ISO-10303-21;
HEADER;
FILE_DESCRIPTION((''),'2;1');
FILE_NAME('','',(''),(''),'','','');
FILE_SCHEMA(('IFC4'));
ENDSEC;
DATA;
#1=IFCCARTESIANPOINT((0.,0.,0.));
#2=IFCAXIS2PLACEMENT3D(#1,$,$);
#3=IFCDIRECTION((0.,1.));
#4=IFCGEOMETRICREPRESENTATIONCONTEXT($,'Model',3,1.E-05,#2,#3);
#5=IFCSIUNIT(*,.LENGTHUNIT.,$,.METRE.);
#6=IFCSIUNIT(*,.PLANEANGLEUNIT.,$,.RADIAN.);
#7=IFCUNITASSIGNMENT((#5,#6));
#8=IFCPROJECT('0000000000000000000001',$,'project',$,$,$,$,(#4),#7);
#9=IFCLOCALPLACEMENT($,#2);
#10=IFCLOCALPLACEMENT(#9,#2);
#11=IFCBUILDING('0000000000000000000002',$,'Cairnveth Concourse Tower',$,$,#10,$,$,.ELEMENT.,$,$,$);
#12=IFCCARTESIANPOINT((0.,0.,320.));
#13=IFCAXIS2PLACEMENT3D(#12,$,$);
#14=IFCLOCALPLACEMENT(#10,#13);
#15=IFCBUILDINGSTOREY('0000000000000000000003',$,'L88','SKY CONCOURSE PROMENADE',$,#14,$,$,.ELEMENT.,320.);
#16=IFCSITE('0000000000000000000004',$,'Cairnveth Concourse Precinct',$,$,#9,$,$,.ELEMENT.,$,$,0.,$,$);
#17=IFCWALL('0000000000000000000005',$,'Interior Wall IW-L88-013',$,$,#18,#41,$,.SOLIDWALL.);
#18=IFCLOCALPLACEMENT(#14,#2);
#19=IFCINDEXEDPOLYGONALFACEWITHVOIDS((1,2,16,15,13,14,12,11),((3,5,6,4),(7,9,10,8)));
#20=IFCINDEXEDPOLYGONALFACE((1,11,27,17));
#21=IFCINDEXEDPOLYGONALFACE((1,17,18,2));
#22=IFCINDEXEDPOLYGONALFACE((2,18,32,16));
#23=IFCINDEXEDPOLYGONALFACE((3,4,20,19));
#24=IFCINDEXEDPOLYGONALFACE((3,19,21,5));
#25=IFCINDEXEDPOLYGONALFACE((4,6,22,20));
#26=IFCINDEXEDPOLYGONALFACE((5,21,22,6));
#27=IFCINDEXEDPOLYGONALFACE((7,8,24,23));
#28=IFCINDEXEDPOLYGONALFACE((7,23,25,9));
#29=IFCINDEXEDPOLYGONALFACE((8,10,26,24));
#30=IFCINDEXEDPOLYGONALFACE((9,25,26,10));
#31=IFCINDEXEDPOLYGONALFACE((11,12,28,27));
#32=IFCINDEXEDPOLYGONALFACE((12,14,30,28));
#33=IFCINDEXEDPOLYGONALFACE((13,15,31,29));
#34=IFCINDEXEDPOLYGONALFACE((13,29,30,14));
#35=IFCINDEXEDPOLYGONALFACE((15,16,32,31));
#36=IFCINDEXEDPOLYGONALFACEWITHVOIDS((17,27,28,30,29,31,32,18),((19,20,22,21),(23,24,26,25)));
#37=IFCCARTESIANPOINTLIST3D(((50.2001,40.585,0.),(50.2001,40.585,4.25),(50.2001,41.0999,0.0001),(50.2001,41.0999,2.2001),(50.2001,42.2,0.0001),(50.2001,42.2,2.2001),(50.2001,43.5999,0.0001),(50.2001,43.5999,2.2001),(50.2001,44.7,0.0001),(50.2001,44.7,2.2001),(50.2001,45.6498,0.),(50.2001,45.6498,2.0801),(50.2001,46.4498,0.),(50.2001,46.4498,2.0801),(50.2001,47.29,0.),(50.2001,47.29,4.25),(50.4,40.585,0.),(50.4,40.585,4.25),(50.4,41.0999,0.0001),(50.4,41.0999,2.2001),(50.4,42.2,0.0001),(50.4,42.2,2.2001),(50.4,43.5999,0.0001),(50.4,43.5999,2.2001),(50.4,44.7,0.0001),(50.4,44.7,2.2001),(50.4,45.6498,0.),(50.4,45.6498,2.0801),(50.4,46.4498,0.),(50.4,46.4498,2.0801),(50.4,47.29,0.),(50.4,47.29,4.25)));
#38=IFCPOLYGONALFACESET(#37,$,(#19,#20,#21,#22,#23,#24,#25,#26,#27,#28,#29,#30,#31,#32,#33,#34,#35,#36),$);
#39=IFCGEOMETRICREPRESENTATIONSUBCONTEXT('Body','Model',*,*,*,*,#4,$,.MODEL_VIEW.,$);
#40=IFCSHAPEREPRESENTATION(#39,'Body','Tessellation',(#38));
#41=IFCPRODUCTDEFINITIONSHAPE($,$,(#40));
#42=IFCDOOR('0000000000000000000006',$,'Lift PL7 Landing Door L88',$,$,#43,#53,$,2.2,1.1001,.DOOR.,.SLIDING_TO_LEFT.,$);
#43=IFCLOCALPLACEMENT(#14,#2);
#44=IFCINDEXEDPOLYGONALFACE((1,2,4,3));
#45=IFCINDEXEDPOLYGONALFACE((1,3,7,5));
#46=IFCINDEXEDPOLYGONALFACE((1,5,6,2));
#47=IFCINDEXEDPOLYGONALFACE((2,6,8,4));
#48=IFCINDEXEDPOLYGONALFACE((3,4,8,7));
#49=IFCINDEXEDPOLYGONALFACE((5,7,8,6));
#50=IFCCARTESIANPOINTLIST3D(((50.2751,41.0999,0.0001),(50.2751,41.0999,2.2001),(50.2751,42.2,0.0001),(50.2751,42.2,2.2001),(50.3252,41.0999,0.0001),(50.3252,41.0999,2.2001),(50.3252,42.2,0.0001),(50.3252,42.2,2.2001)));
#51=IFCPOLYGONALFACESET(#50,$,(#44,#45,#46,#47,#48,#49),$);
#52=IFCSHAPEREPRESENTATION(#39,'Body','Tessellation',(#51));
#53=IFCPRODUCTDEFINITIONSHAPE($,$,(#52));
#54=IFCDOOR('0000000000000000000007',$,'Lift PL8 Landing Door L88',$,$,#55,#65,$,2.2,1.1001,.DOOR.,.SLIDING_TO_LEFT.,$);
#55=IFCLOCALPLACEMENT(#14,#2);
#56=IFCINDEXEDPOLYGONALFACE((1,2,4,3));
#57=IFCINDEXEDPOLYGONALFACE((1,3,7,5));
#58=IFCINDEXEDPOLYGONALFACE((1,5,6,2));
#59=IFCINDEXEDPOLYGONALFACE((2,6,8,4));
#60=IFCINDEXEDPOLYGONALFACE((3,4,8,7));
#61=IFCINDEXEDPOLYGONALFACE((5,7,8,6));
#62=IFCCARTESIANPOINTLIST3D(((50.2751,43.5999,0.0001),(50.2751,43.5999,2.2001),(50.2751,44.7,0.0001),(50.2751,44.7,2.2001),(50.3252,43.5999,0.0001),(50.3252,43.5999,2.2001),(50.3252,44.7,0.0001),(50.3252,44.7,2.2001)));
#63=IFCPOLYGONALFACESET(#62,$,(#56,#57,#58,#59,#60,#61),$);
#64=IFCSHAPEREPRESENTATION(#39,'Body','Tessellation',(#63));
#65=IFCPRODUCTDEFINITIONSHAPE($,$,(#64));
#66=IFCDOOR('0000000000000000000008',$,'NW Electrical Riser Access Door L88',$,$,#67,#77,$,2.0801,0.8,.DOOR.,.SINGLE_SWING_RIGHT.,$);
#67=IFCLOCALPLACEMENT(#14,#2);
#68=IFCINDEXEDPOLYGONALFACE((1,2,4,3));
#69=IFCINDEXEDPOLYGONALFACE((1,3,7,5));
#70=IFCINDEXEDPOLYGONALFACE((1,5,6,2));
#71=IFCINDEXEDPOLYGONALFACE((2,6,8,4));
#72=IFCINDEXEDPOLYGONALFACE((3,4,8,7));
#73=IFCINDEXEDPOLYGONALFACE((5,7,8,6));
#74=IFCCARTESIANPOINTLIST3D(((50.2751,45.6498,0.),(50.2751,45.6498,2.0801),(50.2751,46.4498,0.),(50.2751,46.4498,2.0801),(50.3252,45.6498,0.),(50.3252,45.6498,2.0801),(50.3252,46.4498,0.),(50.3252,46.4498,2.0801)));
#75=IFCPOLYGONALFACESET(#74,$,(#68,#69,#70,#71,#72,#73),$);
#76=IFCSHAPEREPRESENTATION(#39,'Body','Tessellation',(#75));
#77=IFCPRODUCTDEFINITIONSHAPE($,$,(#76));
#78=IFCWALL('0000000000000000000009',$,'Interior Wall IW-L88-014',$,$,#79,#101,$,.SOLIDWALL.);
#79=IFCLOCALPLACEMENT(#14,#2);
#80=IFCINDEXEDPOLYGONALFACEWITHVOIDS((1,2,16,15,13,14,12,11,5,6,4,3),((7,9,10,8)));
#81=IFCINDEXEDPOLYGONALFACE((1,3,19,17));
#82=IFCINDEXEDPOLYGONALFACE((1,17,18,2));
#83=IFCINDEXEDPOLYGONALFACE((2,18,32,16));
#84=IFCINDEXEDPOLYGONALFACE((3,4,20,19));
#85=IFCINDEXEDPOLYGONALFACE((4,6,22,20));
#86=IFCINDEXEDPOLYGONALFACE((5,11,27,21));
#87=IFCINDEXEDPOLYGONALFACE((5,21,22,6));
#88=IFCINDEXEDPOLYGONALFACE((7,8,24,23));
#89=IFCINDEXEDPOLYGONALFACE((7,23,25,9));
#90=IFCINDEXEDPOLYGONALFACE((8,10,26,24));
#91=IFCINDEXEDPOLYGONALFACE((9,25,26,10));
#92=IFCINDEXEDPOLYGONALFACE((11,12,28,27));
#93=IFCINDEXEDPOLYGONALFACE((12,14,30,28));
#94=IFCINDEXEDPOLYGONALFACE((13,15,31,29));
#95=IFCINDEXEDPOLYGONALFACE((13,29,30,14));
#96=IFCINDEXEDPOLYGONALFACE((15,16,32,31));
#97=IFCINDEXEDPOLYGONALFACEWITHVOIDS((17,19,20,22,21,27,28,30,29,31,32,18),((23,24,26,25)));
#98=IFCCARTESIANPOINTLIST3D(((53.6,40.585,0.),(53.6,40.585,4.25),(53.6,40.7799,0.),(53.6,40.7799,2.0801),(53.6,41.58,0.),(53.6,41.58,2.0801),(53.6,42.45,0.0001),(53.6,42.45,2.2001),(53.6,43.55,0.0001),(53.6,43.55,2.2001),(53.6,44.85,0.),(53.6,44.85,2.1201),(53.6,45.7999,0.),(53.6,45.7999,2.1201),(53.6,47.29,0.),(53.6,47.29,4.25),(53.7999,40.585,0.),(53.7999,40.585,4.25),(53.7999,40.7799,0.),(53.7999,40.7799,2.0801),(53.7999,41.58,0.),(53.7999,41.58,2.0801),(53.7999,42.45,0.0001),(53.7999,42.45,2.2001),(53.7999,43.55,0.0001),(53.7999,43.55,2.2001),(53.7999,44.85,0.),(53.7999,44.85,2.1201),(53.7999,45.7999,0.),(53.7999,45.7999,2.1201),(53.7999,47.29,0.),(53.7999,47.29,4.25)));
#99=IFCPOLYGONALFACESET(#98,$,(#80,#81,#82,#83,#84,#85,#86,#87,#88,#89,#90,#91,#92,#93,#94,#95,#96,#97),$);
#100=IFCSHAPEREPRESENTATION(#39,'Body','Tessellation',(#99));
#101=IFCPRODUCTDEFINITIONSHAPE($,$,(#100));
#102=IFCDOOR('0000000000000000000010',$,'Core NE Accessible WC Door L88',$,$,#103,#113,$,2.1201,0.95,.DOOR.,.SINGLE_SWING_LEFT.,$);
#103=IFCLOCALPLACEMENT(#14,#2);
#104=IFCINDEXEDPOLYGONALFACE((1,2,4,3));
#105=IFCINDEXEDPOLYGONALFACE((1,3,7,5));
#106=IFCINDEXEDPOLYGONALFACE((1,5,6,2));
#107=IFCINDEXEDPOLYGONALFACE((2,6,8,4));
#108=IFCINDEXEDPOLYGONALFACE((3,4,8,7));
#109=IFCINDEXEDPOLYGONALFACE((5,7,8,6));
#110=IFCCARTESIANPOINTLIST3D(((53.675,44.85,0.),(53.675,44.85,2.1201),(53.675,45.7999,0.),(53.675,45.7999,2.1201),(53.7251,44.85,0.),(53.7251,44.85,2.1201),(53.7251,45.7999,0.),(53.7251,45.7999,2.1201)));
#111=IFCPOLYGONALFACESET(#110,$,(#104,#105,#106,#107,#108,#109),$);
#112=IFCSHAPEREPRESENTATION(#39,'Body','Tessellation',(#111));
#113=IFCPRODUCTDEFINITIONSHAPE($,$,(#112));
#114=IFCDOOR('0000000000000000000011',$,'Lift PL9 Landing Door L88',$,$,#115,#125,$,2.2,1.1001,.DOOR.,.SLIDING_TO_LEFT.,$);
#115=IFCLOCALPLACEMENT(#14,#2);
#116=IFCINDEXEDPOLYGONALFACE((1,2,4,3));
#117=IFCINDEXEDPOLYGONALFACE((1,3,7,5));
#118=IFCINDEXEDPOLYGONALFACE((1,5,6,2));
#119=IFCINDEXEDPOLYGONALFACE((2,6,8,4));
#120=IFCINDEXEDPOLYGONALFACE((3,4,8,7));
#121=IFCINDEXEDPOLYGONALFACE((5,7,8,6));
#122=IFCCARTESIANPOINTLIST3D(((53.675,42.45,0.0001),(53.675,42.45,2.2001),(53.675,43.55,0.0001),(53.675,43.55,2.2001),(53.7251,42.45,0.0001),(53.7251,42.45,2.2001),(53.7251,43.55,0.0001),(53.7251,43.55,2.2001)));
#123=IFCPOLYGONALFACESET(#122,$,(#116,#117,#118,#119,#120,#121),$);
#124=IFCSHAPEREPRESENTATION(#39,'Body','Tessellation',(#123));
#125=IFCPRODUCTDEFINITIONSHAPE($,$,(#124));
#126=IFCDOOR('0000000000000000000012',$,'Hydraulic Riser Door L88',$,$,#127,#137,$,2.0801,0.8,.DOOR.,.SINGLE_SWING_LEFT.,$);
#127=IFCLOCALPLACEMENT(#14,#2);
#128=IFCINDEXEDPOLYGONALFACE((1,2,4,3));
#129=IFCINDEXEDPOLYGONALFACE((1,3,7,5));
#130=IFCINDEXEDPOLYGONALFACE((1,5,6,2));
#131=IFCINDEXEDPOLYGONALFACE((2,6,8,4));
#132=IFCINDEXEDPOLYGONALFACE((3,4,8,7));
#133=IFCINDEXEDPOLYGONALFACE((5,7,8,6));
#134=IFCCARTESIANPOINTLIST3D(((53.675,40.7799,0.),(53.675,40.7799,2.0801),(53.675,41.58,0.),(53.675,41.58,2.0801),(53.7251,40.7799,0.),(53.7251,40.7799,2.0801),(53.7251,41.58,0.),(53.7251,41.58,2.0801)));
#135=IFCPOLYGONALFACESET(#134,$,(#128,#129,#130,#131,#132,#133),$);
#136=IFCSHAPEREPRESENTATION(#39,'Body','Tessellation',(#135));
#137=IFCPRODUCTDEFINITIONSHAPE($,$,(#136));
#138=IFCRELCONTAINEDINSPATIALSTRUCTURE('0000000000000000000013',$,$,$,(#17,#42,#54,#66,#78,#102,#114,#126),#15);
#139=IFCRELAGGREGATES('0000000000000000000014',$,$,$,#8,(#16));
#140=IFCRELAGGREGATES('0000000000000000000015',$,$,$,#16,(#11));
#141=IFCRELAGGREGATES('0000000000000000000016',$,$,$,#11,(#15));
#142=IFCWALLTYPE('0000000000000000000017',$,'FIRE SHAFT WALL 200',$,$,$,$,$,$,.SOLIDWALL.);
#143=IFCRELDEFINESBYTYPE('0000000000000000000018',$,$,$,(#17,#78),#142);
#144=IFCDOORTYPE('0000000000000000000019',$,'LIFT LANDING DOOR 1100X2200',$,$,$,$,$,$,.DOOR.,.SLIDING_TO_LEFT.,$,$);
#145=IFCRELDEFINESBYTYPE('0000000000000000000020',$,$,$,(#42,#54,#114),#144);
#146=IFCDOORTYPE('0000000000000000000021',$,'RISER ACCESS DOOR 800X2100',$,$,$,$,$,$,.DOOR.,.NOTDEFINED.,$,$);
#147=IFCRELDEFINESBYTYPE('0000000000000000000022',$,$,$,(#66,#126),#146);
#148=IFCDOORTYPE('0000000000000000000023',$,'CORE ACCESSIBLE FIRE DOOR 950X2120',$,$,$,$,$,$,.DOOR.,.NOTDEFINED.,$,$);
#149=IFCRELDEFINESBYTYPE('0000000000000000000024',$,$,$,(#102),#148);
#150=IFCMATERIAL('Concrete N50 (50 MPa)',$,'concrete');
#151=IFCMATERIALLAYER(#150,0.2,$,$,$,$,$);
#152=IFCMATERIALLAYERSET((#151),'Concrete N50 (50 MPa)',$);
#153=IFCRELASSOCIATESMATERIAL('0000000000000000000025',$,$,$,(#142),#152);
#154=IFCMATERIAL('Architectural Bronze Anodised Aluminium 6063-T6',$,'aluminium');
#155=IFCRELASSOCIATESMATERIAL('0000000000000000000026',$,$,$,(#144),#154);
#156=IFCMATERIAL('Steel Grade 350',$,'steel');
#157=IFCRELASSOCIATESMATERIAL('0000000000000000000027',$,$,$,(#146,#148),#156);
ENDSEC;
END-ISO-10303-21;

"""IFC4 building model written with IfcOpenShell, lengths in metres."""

from ifc_helpers import new_model, si_unit, direction, frame, frame_2d, origin, place, context, subcontext, project, spatial, rectangle, extrude, material, layer, layer_set, type_object, element, fill, save


model = new_model("IFC4")

# Units and contexts
model_context = context("Model", 3, precision=1e-05, world=origin(), true_north=direction((0.0, 1.0)))
body_context = subcontext(model_context, "Body", "Model", "MODEL_VIEW")
ifc_project = project(units=[si_unit("LENGTHUNIT", "METRE"), si_unit("PLANEANGLEUNIT", "RADIAN")], contexts=[model_context])

# Site, building, storey
site_placement = place(None, origin())
site = spatial("IfcSite", under=ifc_project, at=site_placement, Name="Cairnveth Concourse Precinct", CompositionType="ELEMENT", RefElevation=0.0)
building_placement = place(site_placement, origin())
building = spatial("IfcBuilding", under=site, at=building_placement, Name="Cairnveth Concourse Tower", CompositionType="ELEMENT")
storey_placement = place(building_placement, frame((0.0, 0.0, 320.0)))
storey = spatial("IfcBuildingStorey", under=building, at=storey_placement, Name="L88", Description="SKY CONCOURSE PROMENADE", CompositionType="ELEMENT", Elevation=320.0)

# Shared definitions
ifc_material_1 = material(Name="Architectural Bronze Anodised Aluminium 6063-T6", Category="aluminium")

# Shared definitions
ifc_material_2 = material(Name="Concrete N50 (50 MPa)", Category="concrete")

# Shared definitions
ifc_material_3 = material(Name="Steel Grade 350", Category="steel")

# Shared definitions
ifc_layer_1 = layer(ifc_material_2, 0.2)
ifc_layer_set_1 = layer_set([ifc_layer_1], Name="Concrete N50 (50 MPa)")
wall_type_1 = type_object("IfcWallType", Name="FIRE SHAFT WALL 200", PredefinedType="SOLIDWALL", material=ifc_layer_set_1)

# Walls, openings, doors
wall_1_placement = place(storey_placement, frame((50.3, 40.585, 0.0), z_axis=(0.0, 0.0, 1.0), x_axis=(0.0, 1.0, 0.0)))
wall_1 = element("IfcWall", 1, at=wall_1_placement, inside=storey, type_object=wall_type_1, Name="Interior Wall IW-L88-013", PredefinedType="SOLIDWALL", context=body_context, shape_type="SweptSolid", body=[
    extrude(rectangle(XDim=6.7051, YDim=0.2, at=frame_2d((3.3525, 0.0))), origin(), (0.0, 0.0, 1.0), 4.25),
])
opening_1_placement = place(wall_1_placement, frame((0.5149, 0.0, 0.0)))
opening_1 = element("IfcOpeningElement", 2, at=opening_1_placement, cuts=wall_1, PredefinedType="OPENING", context=body_context, shape_type="SweptSolid", body=[
    extrude(rectangle(XDim=1.1001, YDim=2.2, at=frame_2d((0.55, 1.1001))), frame((0.0, 0.1099, 0.0), z_axis=(0.0, -1.0, 0.0), x_axis=(1.0, 0.0, 0.0)), (0.0, 0.0, 1.0), 0.22),
])
opening_2_placement = place(wall_1_placement, frame((3.0149, 0.0, 0.0)))
opening_2 = element("IfcOpeningElement", 3, at=opening_2_placement, cuts=wall_1, PredefinedType="OPENING", context=body_context, shape_type="SweptSolid", body=[
    extrude(rectangle(XDim=1.1001, YDim=2.2, at=frame_2d((0.55, 1.1001))), frame((0.0, 0.1099, 0.0), z_axis=(0.0, -1.0, 0.0), x_axis=(1.0, 0.0, 0.0)), (0.0, 0.0, 1.0), 0.22),
])
opening_3_placement = place(wall_1_placement, frame((5.0649, 0.0, 0.0)))
opening_3 = element("IfcOpeningElement", 4, at=opening_3_placement, cuts=wall_1, PredefinedType="OPENING", context=body_context, shape_type="SweptSolid", body=[
    extrude(rectangle(XDim=0.8, YDim=2.0801, at=frame_2d((0.3999, 1.04))), frame((0.0, 0.1099, 0.0), z_axis=(0.0, -1.0, 0.0), x_axis=(1.0, 0.0, 0.0)), (0.0, 0.0, 1.0), 0.22),
])
door_type_1 = type_object("IfcDoorType", Name="LIFT LANDING DOOR 1100X2200", OperationType="SLIDING_TO_LEFT", PredefinedType="DOOR", material=ifc_material_1)
door_1_placement = place(opening_1_placement, origin())
door_1 = element("IfcDoor", 5, at=door_1_placement, inside=storey, type_object=door_type_1, Name="Lift PL7 Landing Door L88", OperationType="SLIDING_TO_LEFT", OverallHeight=2.2, OverallWidth=1.1001, PredefinedType="DOOR", context=body_context, shape_type="SweptSolid", body=[
    extrude(rectangle(XDim=1.1001, YDim=2.2, at=frame_2d((0.55, 1.1001))), frame((0.0, 0.0249, 0.0), z_axis=(0.0, -1.0, 0.0), x_axis=(1.0, 0.0, 0.0)), (0.0, 0.0, 1.0), 0.05),
])
fill(opening_1, door_1)
door_2_placement = place(opening_2_placement, origin())
door_2 = element("IfcDoor", 6, at=door_2_placement, inside=storey, type_object=door_type_1, Name="Lift PL8 Landing Door L88", OperationType="SLIDING_TO_LEFT", OverallHeight=2.2, OverallWidth=1.1001, PredefinedType="DOOR", context=body_context, shape_type="SweptSolid", body=[
    extrude(rectangle(XDim=1.1001, YDim=2.2, at=frame_2d((0.55, 1.1001))), frame((0.0, 0.0249, 0.0), z_axis=(0.0, -1.0, 0.0), x_axis=(1.0, 0.0, 0.0)), (0.0, 0.0, 1.0), 0.05),
])
fill(opening_2, door_2)
door_type_2 = type_object("IfcDoorType", Name="RISER ACCESS DOOR 800X2100", OperationType="NOTDEFINED", PredefinedType="DOOR", material=ifc_material_3)
door_3_placement = place(opening_3_placement, origin())
door_3 = element("IfcDoor", 7, at=door_3_placement, inside=storey, type_object=door_type_2, Name="NW Electrical Riser Access Door L88", OperationType="SINGLE_SWING_RIGHT", OverallHeight=2.0801, OverallWidth=0.8, PredefinedType="DOOR", context=body_context, shape_type="SweptSolid", body=[
    extrude(rectangle(XDim=0.8, YDim=2.0801, at=frame_2d((0.3999, 1.04))), frame((0.0, 0.0249, 0.0), z_axis=(0.0, -1.0, 0.0), x_axis=(1.0, 0.0, 0.0)), (0.0, 0.0, 1.0), 0.05),
])
fill(opening_3, door_3)
wall_2_placement = place(storey_placement, frame((53.7, 40.585, 0.0), z_axis=(0.0, 0.0, 1.0), x_axis=(0.0, 1.0, 0.0)))
wall_2 = element("IfcWall", 8, at=wall_2_placement, inside=storey, type_object=wall_type_1, Name="Interior Wall IW-L88-014", PredefinedType="SOLIDWALL", context=body_context, shape_type="SweptSolid", body=[
    extrude(rectangle(XDim=6.7051, YDim=0.2, at=frame_2d((3.3525, 0.0))), origin(), (0.0, 0.0, 1.0), 4.25),
])
opening_4_placement = place(wall_2_placement, frame((0.1951, 0.0, 0.0)))
opening_4 = element("IfcOpeningElement", 9, at=opening_4_placement, cuts=wall_2, PredefinedType="OPENING", context=body_context, shape_type="SweptSolid", body=[
    extrude(rectangle(XDim=0.8, YDim=2.0801, at=frame_2d((0.3999, 1.04))), frame((0.0, 0.1099, 0.0), z_axis=(0.0, -1.0, 0.0), x_axis=(1.0, 0.0, 0.0)), (0.0, 0.0, 1.0), 0.22),
])
opening_5_placement = place(wall_2_placement, frame((1.865, 0.0, 0.0)))
opening_5 = element("IfcOpeningElement", 10, at=opening_5_placement, cuts=wall_2, PredefinedType="OPENING", context=body_context, shape_type="SweptSolid", body=[
    extrude(rectangle(XDim=1.1001, YDim=2.2, at=frame_2d((0.55, 1.1001))), frame((0.0, 0.1099, 0.0), z_axis=(0.0, -1.0, 0.0), x_axis=(1.0, 0.0, 0.0)), (0.0, 0.0, 1.0), 0.22),
])
opening_6_placement = place(wall_2_placement, frame((4.2649, 0.0, 0.0)))
opening_6 = element("IfcOpeningElement", 11, at=opening_6_placement, cuts=wall_2, PredefinedType="OPENING", context=body_context, shape_type="SweptSolid", body=[
    extrude(rectangle(XDim=0.95, YDim=2.1201, at=frame_2d((0.4751, 1.0601))), frame((0.0, 0.1099, 0.0), z_axis=(0.0, -1.0, 0.0), x_axis=(1.0, 0.0, 0.0)), (0.0, 0.0, 1.0), 0.22),
])
door_type_3 = type_object("IfcDoorType", Name="CORE ACCESSIBLE FIRE DOOR 950X2120", OperationType="NOTDEFINED", PredefinedType="DOOR", material=ifc_material_3)
door_4_placement = place(opening_6_placement, origin())
door_4 = element("IfcDoor", 12, at=door_4_placement, inside=storey, type_object=door_type_3, Name="Core NE Accessible WC Door L88", OperationType="SINGLE_SWING_LEFT", OverallHeight=2.1201, OverallWidth=0.95, PredefinedType="DOOR", context=body_context, shape_type="SweptSolid", body=[
    extrude(rectangle(XDim=0.95, YDim=2.1201, at=frame_2d((0.4751, 1.0601))), frame((0.0, 0.0249, 0.0), z_axis=(0.0, -1.0, 0.0), x_axis=(1.0, 0.0, 0.0)), (0.0, 0.0, 1.0), 0.05),
])
fill(opening_6, door_4)
door_5_placement = place(opening_5_placement, origin())
door_5 = element("IfcDoor", 13, at=door_5_placement, inside=storey, type_object=door_type_1, Name="Lift PL9 Landing Door L88", OperationType="SLIDING_TO_LEFT", OverallHeight=2.2, OverallWidth=1.1001, PredefinedType="DOOR", context=body_context, shape_type="SweptSolid", body=[
    extrude(rectangle(XDim=1.1001, YDim=2.2, at=frame_2d((0.55, 1.1001))), frame((0.0, 0.0249, 0.0), z_axis=(0.0, -1.0, 0.0), x_axis=(1.0, 0.0, 0.0)), (0.0, 0.0, 1.0), 0.05),
])
fill(opening_5, door_5)
door_6_placement = place(opening_4_placement, origin())
door_6 = element("IfcDoor", 14, at=door_6_placement, inside=storey, type_object=door_type_2, Name="Hydraulic Riser Door L88", OperationType="SINGLE_SWING_LEFT", OverallHeight=2.0801, OverallWidth=0.8, PredefinedType="DOOR", context=body_context, shape_type="SweptSolid", body=[
    extrude(rectangle(XDim=0.8, YDim=2.0801, at=frame_2d((0.3999, 1.04))), frame((0.0, 0.0249, 0.0), z_axis=(0.0, -1.0, 0.0), x_axis=(1.0, 0.0, 0.0)), (0.0, 0.0, 1.0), 0.05),
])
fill(opening_4, door_6)

save(model, "model.ifc")
